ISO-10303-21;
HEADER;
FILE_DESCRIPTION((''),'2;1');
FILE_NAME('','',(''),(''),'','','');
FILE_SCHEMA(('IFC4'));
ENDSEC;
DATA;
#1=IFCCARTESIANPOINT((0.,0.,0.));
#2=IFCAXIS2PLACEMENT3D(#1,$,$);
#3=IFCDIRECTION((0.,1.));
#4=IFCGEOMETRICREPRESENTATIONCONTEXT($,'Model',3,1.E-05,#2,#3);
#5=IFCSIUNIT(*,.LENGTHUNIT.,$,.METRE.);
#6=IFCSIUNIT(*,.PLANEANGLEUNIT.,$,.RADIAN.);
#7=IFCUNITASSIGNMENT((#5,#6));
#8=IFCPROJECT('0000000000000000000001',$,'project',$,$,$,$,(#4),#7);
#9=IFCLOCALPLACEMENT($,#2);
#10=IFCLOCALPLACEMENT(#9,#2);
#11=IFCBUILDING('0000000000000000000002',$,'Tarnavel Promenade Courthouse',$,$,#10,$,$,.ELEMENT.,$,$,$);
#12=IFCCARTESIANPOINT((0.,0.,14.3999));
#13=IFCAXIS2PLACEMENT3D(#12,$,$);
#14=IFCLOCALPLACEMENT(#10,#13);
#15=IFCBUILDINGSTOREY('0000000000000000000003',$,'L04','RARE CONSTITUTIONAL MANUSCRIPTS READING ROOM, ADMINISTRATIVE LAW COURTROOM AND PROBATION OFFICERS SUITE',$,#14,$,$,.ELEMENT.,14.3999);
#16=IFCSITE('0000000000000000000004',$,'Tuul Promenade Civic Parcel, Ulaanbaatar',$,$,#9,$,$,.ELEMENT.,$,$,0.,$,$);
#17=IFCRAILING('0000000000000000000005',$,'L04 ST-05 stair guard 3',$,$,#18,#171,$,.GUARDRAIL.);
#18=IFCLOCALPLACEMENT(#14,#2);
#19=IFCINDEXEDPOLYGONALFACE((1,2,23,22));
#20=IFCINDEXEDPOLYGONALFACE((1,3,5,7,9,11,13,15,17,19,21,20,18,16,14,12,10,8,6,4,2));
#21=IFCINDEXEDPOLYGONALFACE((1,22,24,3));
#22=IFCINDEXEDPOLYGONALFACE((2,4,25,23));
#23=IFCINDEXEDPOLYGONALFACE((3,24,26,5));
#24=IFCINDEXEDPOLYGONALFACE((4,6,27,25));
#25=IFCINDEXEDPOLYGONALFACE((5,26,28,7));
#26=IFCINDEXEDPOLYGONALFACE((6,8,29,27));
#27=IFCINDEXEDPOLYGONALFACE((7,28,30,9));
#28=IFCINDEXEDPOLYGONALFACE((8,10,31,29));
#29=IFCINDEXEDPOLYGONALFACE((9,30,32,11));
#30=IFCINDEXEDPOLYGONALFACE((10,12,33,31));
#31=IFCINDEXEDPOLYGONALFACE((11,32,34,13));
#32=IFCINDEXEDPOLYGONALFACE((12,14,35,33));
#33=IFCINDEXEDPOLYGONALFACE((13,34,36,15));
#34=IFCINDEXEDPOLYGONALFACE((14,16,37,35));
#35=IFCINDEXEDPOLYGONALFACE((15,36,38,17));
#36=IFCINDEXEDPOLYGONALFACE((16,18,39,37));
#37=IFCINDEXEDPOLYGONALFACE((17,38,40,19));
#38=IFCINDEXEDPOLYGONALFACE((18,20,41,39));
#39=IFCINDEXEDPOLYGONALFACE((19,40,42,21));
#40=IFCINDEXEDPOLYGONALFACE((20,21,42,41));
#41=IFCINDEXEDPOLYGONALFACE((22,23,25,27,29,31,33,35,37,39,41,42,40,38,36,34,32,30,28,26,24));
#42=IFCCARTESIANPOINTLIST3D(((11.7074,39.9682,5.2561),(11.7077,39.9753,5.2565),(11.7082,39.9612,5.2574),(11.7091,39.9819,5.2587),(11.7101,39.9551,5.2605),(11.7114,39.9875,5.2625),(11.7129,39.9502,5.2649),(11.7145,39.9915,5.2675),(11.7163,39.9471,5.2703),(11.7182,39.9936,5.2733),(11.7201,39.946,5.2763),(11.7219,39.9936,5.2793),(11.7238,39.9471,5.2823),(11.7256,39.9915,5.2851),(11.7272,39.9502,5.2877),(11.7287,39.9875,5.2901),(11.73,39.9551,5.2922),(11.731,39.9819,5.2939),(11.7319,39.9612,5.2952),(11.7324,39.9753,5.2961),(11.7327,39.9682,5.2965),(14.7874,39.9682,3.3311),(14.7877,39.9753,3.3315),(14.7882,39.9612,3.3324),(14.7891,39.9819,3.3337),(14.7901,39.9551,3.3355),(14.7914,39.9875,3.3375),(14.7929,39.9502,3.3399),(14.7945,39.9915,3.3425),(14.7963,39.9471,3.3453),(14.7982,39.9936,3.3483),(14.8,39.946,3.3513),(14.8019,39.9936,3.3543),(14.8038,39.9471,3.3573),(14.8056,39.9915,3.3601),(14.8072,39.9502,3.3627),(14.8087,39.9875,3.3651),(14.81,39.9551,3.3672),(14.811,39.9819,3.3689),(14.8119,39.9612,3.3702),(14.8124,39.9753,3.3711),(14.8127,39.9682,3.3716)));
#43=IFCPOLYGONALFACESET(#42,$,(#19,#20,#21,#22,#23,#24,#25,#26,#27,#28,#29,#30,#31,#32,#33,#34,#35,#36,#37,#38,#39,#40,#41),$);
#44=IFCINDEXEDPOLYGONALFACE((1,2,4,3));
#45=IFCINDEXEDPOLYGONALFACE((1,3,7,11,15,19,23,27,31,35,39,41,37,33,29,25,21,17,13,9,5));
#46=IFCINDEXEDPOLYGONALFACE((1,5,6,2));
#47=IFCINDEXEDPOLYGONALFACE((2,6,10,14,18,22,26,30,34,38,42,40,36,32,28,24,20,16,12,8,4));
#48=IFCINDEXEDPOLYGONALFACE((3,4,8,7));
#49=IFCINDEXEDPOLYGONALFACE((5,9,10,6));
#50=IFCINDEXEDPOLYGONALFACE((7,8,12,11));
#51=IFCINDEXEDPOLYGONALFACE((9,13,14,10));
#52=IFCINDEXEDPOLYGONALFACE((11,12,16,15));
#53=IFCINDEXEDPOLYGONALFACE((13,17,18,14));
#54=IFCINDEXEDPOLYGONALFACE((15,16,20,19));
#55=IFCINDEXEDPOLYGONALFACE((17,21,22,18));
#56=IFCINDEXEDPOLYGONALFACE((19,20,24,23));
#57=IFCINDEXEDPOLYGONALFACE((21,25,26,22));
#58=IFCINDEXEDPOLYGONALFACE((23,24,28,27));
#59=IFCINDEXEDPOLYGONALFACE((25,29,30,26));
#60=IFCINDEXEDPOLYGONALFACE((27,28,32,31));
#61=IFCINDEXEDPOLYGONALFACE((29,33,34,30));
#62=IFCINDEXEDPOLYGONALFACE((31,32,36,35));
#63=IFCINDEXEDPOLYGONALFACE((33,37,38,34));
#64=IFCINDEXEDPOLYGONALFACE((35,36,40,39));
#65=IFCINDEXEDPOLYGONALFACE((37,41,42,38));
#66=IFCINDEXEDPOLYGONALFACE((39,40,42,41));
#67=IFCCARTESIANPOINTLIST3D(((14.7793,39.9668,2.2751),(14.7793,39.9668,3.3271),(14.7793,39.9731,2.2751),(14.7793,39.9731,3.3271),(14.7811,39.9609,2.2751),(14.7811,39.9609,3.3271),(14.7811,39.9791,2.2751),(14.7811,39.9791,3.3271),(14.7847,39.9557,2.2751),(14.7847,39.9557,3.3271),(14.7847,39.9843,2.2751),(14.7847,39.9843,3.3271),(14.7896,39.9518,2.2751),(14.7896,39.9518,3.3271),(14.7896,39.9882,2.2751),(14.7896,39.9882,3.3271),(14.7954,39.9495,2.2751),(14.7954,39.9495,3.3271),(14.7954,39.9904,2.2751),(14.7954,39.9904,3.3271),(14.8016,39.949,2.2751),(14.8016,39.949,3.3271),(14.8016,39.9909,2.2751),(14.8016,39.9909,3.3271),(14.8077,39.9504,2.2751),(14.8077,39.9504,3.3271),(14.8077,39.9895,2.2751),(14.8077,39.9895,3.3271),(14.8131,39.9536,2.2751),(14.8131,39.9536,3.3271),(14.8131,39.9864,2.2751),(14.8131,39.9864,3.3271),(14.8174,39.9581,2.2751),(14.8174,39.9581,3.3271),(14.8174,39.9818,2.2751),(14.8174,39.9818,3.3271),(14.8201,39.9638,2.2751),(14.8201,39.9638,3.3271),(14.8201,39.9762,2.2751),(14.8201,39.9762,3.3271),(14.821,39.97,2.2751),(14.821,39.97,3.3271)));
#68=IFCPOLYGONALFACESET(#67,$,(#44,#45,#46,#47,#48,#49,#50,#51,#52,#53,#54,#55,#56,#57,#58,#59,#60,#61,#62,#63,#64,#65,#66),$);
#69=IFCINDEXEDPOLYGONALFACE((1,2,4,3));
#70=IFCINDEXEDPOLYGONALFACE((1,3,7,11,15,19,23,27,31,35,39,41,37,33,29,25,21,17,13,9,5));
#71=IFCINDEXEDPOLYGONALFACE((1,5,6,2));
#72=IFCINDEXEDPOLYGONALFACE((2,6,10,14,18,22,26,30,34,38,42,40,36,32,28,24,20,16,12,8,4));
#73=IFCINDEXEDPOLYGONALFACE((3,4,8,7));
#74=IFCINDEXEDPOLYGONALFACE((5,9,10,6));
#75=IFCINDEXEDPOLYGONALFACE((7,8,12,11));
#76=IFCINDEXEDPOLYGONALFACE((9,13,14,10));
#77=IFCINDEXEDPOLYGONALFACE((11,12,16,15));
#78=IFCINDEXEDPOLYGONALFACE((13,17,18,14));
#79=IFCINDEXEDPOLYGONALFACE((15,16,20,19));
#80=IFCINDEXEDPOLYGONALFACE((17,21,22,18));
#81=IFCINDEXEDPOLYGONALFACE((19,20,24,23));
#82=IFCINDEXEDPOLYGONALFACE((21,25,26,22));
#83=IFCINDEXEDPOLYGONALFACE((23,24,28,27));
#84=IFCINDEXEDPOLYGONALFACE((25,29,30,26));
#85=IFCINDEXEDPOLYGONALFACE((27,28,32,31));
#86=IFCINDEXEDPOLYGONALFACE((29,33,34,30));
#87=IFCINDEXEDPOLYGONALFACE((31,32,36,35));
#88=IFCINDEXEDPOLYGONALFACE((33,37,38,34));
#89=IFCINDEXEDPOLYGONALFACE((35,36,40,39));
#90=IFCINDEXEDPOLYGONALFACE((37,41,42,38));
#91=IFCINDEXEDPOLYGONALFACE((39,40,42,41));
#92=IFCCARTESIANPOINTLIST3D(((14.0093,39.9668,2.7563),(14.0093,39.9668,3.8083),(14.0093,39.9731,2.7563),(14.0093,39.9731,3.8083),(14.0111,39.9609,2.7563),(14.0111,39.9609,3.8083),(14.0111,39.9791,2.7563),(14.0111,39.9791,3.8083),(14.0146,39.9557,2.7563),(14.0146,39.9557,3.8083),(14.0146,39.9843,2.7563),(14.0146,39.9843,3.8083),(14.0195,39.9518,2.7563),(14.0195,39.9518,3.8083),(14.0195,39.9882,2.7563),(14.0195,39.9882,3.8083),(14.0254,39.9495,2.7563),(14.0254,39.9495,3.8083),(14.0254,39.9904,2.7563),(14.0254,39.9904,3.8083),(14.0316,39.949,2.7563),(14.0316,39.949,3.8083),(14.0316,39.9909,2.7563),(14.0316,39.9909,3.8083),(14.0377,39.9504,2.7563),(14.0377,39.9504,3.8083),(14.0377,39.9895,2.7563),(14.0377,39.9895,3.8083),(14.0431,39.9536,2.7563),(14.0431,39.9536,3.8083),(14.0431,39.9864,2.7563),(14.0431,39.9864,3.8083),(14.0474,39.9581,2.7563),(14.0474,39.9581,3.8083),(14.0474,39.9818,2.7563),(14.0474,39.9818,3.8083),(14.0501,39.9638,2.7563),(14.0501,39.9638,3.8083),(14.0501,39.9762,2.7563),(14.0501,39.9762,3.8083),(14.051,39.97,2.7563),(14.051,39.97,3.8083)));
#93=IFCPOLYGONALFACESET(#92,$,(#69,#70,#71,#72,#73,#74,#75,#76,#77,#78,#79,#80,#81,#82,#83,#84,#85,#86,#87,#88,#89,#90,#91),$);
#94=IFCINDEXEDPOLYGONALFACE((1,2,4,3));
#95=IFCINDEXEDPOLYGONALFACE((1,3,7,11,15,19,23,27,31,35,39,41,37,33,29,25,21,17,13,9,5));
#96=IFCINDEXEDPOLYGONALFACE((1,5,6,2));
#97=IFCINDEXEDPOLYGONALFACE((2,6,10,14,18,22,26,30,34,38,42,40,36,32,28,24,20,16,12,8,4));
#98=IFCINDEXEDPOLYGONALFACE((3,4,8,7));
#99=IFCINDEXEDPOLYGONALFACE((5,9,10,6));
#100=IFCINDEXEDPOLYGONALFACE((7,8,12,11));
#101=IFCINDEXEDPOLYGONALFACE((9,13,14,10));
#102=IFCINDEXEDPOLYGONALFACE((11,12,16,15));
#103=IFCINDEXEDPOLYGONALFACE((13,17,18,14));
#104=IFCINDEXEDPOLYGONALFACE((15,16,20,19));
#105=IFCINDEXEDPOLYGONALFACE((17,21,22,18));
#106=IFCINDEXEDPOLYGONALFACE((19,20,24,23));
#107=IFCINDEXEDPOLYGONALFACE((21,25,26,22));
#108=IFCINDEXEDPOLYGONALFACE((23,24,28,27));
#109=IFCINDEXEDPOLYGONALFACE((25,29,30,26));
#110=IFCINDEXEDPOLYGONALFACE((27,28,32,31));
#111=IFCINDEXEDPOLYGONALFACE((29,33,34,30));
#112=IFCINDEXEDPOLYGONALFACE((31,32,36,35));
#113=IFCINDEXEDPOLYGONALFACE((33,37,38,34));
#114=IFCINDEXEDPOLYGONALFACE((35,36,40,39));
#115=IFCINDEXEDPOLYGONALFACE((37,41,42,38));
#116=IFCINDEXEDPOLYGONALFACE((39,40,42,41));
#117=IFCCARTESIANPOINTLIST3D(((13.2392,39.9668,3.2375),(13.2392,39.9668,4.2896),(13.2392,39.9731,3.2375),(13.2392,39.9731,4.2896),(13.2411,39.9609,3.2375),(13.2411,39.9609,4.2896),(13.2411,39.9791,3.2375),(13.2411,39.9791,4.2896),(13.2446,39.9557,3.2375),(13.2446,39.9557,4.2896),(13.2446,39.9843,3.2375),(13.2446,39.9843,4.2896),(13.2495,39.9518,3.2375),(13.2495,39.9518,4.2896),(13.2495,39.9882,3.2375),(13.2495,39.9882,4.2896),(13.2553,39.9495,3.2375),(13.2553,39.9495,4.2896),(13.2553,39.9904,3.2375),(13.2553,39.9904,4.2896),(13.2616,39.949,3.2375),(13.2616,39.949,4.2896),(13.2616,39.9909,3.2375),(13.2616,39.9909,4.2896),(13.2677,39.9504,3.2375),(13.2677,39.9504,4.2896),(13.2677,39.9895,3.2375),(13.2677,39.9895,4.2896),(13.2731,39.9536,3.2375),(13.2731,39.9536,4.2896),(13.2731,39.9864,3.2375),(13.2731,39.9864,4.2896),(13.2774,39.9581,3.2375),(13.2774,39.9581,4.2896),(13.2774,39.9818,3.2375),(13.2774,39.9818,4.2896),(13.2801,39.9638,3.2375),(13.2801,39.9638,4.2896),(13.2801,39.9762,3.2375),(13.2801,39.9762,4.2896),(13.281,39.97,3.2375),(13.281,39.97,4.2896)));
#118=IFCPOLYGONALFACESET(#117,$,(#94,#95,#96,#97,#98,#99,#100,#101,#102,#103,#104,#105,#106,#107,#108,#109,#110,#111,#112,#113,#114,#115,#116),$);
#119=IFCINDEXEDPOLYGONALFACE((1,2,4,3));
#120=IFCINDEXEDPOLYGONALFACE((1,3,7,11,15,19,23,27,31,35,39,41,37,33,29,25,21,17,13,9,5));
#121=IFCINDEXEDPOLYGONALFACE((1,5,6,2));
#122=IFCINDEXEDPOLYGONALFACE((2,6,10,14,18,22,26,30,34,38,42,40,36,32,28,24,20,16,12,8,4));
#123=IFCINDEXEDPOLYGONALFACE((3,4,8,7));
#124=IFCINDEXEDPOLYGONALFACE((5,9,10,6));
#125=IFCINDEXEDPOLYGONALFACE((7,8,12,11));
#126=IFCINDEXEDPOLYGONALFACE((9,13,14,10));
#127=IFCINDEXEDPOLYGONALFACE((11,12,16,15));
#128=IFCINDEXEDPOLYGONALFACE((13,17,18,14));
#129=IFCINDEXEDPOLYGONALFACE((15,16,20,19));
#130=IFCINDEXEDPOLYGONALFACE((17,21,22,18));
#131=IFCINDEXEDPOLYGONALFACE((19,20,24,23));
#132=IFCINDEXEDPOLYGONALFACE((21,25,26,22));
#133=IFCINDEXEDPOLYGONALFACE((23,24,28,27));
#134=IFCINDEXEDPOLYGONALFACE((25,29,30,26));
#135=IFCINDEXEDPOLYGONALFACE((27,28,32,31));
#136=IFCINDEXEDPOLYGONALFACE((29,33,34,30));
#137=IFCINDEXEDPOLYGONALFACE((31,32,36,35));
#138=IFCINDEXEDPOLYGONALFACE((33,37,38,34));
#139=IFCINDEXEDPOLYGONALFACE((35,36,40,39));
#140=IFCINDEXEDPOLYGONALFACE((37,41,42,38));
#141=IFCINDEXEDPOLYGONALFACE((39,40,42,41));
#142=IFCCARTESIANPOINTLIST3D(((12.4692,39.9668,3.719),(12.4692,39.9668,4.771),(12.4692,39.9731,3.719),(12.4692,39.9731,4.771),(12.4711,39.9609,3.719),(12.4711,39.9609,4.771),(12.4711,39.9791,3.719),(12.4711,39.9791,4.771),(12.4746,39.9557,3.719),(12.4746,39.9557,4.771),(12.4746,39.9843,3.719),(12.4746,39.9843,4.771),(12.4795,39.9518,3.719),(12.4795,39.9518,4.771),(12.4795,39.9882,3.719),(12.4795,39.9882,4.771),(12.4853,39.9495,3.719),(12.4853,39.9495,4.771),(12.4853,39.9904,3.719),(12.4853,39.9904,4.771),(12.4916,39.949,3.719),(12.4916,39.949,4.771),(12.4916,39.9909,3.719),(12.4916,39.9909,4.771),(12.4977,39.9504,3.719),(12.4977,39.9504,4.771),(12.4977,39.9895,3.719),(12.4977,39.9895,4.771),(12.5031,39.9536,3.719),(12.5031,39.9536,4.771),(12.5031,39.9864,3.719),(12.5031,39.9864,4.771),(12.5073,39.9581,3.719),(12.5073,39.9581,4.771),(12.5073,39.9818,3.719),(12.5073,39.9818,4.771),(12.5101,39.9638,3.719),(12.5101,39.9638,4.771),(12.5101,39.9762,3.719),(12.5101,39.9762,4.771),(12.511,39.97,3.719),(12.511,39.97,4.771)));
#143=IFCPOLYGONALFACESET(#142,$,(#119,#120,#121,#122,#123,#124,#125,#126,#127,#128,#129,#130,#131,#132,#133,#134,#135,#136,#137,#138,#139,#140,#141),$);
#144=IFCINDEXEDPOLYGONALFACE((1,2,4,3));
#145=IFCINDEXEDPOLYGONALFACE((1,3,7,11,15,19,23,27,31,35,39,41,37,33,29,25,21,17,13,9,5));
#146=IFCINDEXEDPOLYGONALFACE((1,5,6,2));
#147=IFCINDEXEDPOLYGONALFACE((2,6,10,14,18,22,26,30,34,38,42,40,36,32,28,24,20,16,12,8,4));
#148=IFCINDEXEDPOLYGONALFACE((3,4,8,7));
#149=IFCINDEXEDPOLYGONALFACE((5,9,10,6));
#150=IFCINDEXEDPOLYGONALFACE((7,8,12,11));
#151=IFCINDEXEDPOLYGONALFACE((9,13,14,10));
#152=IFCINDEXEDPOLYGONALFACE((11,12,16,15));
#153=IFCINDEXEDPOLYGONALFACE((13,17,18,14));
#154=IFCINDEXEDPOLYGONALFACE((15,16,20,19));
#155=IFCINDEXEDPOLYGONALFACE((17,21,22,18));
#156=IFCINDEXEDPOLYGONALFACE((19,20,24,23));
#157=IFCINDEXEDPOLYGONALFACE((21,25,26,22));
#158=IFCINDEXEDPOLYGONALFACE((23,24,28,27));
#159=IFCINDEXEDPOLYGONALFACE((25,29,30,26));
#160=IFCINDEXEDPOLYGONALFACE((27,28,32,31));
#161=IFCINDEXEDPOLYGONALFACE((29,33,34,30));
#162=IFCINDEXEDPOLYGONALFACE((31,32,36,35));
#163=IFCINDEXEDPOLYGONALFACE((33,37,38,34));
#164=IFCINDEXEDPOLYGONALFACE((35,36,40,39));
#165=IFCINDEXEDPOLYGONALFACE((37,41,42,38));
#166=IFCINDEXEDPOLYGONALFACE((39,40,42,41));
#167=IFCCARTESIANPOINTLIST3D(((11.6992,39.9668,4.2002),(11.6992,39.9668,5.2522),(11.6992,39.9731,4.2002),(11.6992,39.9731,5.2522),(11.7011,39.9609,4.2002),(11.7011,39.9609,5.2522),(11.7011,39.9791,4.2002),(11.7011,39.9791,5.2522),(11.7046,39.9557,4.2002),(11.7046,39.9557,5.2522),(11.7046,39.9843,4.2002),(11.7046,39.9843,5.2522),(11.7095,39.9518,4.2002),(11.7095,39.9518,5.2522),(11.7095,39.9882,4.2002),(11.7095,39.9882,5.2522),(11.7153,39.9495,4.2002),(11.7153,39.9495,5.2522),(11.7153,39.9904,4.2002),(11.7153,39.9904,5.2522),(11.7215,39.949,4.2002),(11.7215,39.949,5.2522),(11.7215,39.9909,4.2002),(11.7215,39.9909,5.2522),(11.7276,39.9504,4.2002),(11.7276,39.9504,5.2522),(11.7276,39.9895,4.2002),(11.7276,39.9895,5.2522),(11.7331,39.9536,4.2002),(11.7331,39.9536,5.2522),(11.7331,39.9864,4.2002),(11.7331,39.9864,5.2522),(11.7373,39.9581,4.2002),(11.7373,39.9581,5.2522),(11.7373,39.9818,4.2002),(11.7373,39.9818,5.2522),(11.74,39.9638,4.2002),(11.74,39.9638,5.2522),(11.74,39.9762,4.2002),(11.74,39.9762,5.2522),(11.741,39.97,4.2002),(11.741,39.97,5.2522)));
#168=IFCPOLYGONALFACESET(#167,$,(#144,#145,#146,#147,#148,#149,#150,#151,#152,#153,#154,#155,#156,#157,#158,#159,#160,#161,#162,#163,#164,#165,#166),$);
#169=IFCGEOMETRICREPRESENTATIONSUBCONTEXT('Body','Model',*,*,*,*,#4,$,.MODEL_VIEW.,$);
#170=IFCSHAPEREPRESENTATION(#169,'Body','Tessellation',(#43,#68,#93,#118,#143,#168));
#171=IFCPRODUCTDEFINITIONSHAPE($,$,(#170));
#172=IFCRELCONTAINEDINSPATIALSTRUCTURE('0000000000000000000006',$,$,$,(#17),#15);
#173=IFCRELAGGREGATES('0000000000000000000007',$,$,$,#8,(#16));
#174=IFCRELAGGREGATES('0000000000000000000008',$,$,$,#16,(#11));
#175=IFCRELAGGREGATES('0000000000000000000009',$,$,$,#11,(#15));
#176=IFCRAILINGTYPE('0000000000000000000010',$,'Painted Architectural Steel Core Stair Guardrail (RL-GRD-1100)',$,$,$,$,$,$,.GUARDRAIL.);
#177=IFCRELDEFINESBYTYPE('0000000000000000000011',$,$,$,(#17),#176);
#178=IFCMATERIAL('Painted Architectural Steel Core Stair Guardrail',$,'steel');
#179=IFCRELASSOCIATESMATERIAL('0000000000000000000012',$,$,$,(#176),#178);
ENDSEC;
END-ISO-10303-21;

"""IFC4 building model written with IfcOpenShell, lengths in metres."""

from ifc_helpers import new_model, si_unit, direction, frame, origin, origin_2d, place, context, subcontext, project, spatial, circle, extrude, material, type_object, element, save


model = new_model("IFC4")

# Units and contexts
model_context = context("Model", 3, precision=1e-05, world=origin(), true_north=direction((0.0, 1.0)))
body_context = subcontext(model_context, "Body", "Model", "MODEL_VIEW")
ifc_project = project(units=[si_unit("LENGTHUNIT", "METRE"), si_unit("PLANEANGLEUNIT", "RADIAN")], contexts=[model_context])

# Site, building, storey
site_placement = place(None, origin())
site = spatial("IfcSite", under=ifc_project, at=site_placement, Name="Tuul Promenade Civic Parcel, Ulaanbaatar", CompositionType="ELEMENT", RefElevation=0.0)
building_placement = place(site_placement, origin())
building = spatial("IfcBuilding", under=site, at=building_placement, Name="Tarnavel Promenade Courthouse", CompositionType="ELEMENT")
storey_placement = place(building_placement, frame((0.0, 0.0, 14.3999)))
storey = spatial("IfcBuildingStorey", under=building, at=storey_placement, Name="L04", Description="RARE CONSTITUTIONAL MANUSCRIPTS READING ROOM, ADMINISTRATIVE LAW COURTROOM AND PROBATION OFFICERS SUITE", CompositionType="ELEMENT", Elevation=14.3999)

# Railing
ifc_material_1 = material(Name="Painted Architectural Steel Core Stair Guardrail", Category="steel")
railing_type_1 = type_object("IfcRailingType", Name="Painted Architectural Steel Core Stair Guardrail (RL-GRD-1100)", PredefinedType="GUARDRAIL", material=ifc_material_1)
railing_1_placement = place(storey_placement, frame((14.8, 39.97, 2.2751)))
element("IfcRailing", 1, at=railing_1_placement, inside=storey, type_object=railing_type_1, Name="L04 ST-05 stair guard 3", PredefinedType="GUARDRAIL", context=body_context, shape_type="SweptSolid", body=[
    extrude(circle(Radius=0.0239, at=origin_2d()), frame((0.0, 0.0, 1.0762), z_axis=(-0.847998, 0.0, 0.529999), x_axis=(0.0, -1.0, 0.0)), (0.0, 0.0, 1.0), 3.6321),
    extrude(circle(Radius=0.021, at=origin_2d()), origin(), (0.0, 0.0, 1.0), 1.052),
    extrude(circle(Radius=0.021, at=origin_2d()), frame((-0.77, 0.0, 0.4812)), (0.0, 0.0, 1.0), 1.052),
    extrude(circle(Radius=0.021, at=origin_2d()), frame((-1.54, 0.0, 0.9624)), (0.0, 0.0, 1.0), 1.052),
    extrude(circle(Radius=0.021, at=origin_2d()), frame((-2.3101, 0.0, 1.4438)), (0.0, 0.0, 1.0), 1.052),
    extrude(circle(Radius=0.021, at=origin_2d()), frame((-3.0801, 0.0, 1.925)), (0.0, 0.0, 1.0), 1.052),
])

save(model, "model.ifc")
